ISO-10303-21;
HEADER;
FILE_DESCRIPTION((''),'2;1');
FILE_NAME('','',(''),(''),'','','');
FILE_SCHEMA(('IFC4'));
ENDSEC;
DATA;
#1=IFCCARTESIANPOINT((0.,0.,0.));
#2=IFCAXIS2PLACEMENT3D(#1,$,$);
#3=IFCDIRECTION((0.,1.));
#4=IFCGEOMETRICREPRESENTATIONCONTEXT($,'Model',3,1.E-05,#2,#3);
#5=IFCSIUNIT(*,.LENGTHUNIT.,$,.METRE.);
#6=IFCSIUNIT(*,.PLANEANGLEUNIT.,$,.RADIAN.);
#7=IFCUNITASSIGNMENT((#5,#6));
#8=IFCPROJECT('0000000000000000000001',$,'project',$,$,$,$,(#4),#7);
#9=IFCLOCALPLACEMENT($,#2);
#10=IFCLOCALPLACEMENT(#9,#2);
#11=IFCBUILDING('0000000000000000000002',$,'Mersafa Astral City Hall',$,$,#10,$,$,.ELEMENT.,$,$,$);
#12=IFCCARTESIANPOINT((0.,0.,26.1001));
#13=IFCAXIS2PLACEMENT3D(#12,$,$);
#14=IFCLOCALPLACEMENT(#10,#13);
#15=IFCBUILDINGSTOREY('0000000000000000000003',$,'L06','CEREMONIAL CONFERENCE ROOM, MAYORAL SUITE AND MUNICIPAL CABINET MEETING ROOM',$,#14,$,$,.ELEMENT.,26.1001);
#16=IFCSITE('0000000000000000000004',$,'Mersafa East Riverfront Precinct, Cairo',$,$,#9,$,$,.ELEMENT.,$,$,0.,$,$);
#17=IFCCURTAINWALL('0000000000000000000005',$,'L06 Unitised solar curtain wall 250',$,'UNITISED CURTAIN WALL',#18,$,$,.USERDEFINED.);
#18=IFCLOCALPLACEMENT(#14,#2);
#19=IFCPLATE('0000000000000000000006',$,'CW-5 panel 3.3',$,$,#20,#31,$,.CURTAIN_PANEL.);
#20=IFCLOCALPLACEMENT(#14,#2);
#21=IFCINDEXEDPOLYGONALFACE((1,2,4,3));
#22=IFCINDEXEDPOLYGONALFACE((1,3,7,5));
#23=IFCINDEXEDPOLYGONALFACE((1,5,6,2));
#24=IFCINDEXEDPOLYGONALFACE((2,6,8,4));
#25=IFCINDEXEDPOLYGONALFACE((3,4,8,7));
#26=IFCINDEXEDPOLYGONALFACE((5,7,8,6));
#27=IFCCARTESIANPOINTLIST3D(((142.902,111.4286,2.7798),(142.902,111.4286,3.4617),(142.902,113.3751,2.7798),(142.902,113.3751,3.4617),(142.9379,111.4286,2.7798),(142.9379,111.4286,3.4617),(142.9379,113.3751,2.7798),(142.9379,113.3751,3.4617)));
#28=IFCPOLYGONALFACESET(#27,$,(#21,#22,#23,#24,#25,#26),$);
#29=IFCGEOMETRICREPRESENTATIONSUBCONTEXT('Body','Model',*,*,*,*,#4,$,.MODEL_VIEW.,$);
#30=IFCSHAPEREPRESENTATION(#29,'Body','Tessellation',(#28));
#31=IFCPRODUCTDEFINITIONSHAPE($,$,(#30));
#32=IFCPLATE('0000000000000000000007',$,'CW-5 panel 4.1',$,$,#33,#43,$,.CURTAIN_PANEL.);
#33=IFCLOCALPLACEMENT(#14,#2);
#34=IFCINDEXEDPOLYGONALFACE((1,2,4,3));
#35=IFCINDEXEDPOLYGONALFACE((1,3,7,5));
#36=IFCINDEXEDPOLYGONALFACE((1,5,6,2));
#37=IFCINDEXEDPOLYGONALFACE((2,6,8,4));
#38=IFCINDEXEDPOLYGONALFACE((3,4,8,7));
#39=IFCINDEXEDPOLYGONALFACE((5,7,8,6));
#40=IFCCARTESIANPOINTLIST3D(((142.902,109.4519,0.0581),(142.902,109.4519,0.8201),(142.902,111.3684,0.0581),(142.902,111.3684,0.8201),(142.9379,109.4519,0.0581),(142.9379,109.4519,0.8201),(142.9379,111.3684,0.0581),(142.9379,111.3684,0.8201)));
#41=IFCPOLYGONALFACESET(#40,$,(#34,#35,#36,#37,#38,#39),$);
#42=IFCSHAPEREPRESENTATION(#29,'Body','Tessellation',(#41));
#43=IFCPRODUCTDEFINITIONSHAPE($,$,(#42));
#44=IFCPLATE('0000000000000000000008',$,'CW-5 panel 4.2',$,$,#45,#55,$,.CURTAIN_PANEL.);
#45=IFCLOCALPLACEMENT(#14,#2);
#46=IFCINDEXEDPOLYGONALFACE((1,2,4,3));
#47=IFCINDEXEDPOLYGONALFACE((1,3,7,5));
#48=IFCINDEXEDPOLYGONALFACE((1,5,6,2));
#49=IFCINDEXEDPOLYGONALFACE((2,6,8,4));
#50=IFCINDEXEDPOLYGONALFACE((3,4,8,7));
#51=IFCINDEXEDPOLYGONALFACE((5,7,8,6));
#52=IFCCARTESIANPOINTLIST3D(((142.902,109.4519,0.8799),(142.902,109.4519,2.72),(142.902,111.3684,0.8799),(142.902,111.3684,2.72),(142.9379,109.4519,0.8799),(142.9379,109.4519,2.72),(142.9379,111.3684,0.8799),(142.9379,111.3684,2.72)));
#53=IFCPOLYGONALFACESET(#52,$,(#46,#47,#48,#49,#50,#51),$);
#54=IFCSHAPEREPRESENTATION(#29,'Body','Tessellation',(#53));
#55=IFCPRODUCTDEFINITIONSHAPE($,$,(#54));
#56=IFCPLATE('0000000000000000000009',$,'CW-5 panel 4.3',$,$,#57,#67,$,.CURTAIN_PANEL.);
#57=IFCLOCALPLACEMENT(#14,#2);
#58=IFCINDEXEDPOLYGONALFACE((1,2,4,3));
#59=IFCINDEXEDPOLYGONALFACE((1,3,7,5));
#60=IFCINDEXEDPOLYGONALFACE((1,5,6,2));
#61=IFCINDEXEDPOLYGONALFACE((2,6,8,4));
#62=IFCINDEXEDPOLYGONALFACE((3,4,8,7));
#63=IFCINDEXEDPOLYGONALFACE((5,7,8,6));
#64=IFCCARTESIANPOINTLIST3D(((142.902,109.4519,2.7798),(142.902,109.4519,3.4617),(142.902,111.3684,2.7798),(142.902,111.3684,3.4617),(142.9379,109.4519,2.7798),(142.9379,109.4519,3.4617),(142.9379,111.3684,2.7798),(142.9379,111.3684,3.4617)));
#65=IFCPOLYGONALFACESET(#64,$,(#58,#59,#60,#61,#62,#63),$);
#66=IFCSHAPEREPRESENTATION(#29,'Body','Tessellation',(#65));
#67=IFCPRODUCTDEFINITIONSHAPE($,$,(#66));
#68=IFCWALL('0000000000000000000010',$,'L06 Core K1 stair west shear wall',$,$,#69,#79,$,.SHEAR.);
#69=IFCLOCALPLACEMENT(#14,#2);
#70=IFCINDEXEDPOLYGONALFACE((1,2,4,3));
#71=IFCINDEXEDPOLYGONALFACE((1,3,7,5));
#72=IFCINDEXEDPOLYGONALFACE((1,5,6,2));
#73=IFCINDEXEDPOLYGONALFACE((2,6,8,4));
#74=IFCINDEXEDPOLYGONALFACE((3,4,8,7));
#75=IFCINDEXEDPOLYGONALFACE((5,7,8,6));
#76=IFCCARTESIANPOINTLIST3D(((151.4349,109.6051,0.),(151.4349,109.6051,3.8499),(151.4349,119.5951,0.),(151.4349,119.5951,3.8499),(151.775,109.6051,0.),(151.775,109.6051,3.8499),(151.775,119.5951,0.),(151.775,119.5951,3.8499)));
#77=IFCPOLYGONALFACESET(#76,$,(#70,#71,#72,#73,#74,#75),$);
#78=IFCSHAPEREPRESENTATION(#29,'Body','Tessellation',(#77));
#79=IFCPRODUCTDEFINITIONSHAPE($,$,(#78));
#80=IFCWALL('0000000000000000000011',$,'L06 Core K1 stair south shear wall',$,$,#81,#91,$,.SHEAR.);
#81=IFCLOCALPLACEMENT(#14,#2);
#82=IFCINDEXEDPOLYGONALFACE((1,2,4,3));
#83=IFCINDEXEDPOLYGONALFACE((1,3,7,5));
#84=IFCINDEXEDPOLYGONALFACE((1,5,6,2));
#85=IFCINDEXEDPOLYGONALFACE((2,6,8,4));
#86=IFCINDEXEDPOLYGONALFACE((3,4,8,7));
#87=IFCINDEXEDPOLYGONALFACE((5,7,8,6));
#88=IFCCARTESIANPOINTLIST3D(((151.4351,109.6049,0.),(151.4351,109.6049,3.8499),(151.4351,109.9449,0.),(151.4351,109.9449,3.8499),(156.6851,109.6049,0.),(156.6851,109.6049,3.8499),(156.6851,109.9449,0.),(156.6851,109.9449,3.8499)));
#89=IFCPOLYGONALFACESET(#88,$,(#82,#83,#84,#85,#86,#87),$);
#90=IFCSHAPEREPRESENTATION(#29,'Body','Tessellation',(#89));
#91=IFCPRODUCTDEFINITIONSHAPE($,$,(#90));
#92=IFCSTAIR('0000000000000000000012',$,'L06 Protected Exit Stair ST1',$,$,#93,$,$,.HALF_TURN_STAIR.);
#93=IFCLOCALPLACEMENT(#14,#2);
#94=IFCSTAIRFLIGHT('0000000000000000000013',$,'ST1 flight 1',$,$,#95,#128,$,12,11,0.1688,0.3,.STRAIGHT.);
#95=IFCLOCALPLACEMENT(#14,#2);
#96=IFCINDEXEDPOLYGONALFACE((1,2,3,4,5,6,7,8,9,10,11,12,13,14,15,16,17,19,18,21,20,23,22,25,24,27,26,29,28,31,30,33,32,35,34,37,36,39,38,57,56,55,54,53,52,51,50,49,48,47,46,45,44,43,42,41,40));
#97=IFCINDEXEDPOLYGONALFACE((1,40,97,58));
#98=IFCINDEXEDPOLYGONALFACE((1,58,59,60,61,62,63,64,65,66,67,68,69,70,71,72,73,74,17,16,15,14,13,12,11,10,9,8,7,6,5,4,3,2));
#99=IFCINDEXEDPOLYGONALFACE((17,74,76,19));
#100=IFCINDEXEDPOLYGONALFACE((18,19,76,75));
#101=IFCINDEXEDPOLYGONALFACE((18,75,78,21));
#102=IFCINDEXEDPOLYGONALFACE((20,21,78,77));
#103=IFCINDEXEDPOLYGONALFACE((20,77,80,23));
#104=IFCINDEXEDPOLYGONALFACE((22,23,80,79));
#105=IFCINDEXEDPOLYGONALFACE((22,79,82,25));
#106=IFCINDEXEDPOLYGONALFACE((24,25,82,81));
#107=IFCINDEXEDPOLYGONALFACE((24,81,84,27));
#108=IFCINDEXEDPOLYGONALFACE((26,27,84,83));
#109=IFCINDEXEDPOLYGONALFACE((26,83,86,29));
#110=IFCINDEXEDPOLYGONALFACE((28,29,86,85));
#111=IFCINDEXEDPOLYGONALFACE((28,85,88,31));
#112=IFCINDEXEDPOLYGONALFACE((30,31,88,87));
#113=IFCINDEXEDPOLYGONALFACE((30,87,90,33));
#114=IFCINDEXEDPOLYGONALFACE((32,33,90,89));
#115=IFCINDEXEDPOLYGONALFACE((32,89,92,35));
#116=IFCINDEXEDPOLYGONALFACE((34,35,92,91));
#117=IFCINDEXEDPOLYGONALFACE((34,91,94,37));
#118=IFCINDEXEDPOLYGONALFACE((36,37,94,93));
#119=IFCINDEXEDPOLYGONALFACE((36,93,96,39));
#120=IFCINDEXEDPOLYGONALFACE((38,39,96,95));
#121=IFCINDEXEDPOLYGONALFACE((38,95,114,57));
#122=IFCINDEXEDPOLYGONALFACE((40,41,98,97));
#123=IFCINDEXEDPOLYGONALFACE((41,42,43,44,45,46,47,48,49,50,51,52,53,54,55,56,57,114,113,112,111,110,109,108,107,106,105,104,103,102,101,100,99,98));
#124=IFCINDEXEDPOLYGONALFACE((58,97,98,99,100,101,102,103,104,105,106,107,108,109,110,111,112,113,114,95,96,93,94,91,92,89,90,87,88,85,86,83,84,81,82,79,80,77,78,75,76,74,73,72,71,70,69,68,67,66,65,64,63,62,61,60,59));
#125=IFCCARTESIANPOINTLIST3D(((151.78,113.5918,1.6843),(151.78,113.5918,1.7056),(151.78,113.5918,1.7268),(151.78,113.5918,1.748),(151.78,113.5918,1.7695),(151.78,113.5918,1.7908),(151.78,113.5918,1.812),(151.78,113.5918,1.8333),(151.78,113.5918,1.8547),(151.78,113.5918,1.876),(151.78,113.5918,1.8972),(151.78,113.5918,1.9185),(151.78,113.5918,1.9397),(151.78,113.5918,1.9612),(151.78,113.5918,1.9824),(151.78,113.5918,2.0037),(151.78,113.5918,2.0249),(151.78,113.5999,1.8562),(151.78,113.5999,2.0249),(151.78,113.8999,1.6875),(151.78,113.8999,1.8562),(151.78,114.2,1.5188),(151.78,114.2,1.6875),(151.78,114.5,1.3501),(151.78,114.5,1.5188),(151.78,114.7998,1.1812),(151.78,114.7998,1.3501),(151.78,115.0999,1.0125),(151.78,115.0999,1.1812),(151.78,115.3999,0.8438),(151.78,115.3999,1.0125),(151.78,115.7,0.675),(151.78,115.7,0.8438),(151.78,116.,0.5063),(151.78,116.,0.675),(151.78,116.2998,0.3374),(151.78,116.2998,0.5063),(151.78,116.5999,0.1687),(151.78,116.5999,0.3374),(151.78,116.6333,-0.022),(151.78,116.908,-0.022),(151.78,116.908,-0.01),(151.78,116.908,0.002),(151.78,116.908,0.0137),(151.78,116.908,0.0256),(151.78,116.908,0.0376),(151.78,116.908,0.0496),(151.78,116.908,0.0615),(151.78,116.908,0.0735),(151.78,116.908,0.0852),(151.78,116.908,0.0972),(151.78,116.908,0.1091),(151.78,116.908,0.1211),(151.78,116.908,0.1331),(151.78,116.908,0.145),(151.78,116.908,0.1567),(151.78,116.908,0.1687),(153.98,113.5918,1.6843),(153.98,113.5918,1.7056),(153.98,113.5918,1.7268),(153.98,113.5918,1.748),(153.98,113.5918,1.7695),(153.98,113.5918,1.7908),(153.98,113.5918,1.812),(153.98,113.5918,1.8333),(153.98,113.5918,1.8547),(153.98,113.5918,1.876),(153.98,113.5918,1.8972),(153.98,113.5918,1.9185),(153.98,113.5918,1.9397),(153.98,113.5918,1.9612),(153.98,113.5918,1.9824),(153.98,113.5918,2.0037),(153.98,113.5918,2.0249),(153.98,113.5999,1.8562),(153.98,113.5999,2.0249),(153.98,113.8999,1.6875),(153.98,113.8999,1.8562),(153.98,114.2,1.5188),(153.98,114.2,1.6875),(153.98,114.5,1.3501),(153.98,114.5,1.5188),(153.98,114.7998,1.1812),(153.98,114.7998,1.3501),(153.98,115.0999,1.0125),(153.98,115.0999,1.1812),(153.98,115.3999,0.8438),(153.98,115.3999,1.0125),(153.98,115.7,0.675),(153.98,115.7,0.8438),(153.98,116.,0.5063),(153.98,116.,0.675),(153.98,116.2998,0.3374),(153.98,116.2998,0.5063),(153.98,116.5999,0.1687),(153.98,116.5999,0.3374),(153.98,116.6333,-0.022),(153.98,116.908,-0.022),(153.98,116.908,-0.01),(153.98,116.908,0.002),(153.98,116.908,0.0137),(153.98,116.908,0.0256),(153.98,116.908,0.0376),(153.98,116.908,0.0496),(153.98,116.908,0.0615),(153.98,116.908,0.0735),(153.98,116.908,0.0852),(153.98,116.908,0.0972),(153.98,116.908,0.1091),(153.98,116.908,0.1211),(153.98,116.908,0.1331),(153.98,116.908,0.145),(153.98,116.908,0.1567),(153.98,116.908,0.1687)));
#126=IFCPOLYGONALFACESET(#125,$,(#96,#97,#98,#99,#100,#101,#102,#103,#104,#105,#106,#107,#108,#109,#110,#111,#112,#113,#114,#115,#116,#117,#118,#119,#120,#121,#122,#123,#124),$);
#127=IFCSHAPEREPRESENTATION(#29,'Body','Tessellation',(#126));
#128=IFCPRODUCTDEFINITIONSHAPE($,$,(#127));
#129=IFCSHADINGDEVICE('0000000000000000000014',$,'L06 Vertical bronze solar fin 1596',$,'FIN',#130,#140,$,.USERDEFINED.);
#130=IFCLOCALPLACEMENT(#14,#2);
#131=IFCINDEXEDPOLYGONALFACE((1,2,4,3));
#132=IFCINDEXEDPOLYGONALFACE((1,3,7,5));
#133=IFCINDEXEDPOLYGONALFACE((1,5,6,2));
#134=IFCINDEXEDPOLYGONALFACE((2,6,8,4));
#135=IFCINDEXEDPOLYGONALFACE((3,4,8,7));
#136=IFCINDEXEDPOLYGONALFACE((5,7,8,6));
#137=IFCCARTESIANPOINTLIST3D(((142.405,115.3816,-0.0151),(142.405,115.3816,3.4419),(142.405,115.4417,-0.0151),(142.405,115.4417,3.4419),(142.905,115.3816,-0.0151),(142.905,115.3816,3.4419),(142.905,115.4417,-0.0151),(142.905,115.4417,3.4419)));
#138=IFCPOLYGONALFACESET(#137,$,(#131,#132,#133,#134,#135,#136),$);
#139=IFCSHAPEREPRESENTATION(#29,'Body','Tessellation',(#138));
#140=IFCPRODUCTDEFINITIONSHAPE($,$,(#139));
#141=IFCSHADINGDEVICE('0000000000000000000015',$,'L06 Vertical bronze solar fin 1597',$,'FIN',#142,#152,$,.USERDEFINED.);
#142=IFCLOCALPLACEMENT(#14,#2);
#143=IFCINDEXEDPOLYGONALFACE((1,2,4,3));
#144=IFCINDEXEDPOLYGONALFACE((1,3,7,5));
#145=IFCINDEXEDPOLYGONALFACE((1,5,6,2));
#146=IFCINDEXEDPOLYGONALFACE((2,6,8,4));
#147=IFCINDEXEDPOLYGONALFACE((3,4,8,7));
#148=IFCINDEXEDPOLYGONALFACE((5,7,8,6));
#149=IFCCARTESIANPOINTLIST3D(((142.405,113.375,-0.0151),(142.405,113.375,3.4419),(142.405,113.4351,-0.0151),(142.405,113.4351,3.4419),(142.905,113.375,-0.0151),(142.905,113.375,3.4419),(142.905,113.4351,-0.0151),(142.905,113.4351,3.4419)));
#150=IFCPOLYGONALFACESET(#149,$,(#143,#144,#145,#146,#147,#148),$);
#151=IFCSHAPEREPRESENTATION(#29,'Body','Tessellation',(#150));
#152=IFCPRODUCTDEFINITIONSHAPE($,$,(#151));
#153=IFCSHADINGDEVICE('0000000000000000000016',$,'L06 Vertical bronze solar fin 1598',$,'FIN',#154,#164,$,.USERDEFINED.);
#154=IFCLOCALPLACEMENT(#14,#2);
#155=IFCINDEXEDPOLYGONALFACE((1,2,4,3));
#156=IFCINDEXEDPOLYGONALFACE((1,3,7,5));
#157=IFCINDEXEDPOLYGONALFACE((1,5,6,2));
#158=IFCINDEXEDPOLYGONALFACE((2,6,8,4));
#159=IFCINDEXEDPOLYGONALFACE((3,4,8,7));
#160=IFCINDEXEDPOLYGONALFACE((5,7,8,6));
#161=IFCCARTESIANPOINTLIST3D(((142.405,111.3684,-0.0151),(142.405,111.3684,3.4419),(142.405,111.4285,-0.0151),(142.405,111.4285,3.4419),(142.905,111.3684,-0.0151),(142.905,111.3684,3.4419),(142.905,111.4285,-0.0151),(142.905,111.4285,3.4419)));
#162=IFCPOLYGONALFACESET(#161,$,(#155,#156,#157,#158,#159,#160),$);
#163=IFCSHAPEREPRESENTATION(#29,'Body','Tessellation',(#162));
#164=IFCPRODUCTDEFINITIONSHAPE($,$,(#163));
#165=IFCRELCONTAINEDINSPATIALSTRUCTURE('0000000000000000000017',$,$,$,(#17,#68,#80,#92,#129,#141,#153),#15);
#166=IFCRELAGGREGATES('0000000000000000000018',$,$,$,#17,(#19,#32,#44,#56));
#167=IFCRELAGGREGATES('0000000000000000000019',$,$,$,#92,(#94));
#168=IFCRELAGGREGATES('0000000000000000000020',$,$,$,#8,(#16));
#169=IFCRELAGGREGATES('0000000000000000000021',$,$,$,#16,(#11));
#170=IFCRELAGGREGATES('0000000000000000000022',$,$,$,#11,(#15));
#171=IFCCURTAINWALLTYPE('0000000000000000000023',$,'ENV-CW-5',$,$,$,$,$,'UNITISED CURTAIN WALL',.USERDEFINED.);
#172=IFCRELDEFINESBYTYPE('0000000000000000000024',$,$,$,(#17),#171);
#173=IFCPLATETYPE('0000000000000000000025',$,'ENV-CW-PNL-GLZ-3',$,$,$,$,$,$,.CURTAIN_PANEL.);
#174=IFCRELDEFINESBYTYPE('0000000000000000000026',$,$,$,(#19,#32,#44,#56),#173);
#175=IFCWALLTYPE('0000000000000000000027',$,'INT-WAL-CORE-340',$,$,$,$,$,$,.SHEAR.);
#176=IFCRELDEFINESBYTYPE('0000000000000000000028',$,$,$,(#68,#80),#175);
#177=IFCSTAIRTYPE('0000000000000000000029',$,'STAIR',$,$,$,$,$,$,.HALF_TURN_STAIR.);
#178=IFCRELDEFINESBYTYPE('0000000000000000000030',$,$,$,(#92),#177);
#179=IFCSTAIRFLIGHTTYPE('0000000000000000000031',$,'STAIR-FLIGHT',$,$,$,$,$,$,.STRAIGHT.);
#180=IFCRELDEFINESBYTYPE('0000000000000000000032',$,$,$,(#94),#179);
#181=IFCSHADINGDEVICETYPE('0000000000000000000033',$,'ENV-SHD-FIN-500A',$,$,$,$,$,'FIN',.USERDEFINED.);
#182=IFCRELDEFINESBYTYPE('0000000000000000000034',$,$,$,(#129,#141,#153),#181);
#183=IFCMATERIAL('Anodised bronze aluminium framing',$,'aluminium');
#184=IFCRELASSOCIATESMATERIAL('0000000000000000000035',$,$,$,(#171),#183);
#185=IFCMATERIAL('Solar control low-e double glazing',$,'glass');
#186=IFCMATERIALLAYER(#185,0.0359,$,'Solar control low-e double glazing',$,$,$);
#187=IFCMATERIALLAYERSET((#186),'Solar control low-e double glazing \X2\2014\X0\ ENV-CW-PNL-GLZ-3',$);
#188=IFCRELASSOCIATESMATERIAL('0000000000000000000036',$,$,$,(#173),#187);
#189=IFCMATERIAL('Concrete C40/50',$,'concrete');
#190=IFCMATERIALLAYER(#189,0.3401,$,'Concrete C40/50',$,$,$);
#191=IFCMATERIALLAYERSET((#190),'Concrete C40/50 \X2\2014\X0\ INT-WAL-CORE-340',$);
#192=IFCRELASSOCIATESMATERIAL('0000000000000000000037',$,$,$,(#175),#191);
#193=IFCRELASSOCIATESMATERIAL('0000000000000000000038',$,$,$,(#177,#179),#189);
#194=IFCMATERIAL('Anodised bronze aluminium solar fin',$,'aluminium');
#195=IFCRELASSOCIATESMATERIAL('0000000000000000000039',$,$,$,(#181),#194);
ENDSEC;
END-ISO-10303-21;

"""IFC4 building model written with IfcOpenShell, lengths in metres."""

from ifc_helpers import new_model, si_unit, direction, frame, frame_2d, origin, origin_2d, place, context, subcontext, project, spatial, polyline, rectangle, outline, extrude, material, layer, layer_set, type_object, element, aggregate, save


model = new_model("IFC4")

# Units and contexts
model_context = context("Model", 3, precision=1e-05, world=origin(), true_north=direction((0.0, 1.0)))
body_context = subcontext(model_context, "Body", "Model", "MODEL_VIEW")
ifc_project = project(units=[si_unit("LENGTHUNIT", "METRE"), si_unit("PLANEANGLEUNIT", "RADIAN")], contexts=[model_context])

# Site, building, storey
site_placement = place(None, origin())
site = spatial("IfcSite", under=ifc_project, at=site_placement, Name="Mersafa East Riverfront Precinct, Cairo", CompositionType="ELEMENT", RefElevation=0.0)
building_placement = place(site_placement, origin())
building = spatial("IfcBuilding", under=site, at=building_placement, Name="Mersafa Astral City Hall", CompositionType="ELEMENT")
storey_placement = place(building_placement, frame((0.0, 0.0, 26.1001)))
storey = spatial("IfcBuildingStorey", under=building, at=storey_placement, Name="L06", Description="CEREMONIAL CONFERENCE ROOM, MAYORAL SUITE AND MUNICIPAL CABINET MEETING ROOM", CompositionType="ELEMENT", Elevation=26.1001)

# Curtain wall, plates
ifc_material_1 = material(Name="Anodised bronze aluminium framing", Category="aluminium")
curtain_wall_type = type_object("IfcCurtainWallType", Name="ENV-CW-5", ElementType="UNITISED CURTAIN WALL", PredefinedType="USERDEFINED", material=ifc_material_1)
curtain_wall_placement = place(storey_placement, origin())
curtain_wall = element("IfcCurtainWall", 1, at=curtain_wall_placement, inside=storey, type_object=curtain_wall_type, Name="L06 Unitised solar curtain wall 250", ObjectType="UNITISED CURTAIN WALL", PredefinedType="USERDEFINED")
ifc_material_2 = material(Name="Solar control low-e double glazing", Category="glass")
ifc_layer_1 = layer(ifc_material_2, 0.0359, Name="Solar control low-e double glazing")
ifc_layer_set_1 = layer_set([ifc_layer_1], Name="Solar control low-e double glazing — ENV-CW-PNL-GLZ-3")
plate_type = type_object("IfcPlateType", Name="ENV-CW-PNL-GLZ-3", PredefinedType="CURTAIN_PANEL", material=ifc_layer_set_1)
plate_1_placement = place(storey_placement, frame((142.9199, 112.4019, 2.7798), z_axis=(0.0, 0.0, 1.0), x_axis=(0.0, -1.0, 0.0)))
plate_1 = element("IfcPlate", 2, at=plate_1_placement, type_object=plate_type, Name="CW-5 panel 3.3", PredefinedType="CURTAIN_PANEL", context=body_context, shape_type="SweptSolid", body=[
    extrude(rectangle(XDim=1.9465, YDim=0.0359, at=origin_2d()), origin(), (0.0, 0.0, 1.0), 0.6819),
])
plate_2_placement = place(storey_placement, frame((142.9199, 110.4102, 0.0581), z_axis=(0.0, 0.0, 1.0), x_axis=(0.0, -1.0, 0.0)))
plate_2 = element("IfcPlate", 3, at=plate_2_placement, type_object=plate_type, Name="CW-5 panel 4.1", PredefinedType="CURTAIN_PANEL", context=body_context, shape_type="SweptSolid", body=[
    extrude(rectangle(XDim=1.9165, YDim=0.0359, at=origin_2d()), origin(), (0.0, 0.0, 1.0), 0.762),
])
plate_3_placement = place(storey_placement, frame((142.9199, 110.4102, 0.8799), z_axis=(0.0, 0.0, 1.0), x_axis=(0.0, -1.0, 0.0)))
plate_3 = element("IfcPlate", 4, at=plate_3_placement, type_object=plate_type, Name="CW-5 panel 4.2", PredefinedType="CURTAIN_PANEL", context=body_context, shape_type="SweptSolid", body=[
    extrude(rectangle(XDim=1.9165, YDim=0.0359, at=origin_2d()), origin(), (0.0, 0.0, 1.0), 1.8401),
])
plate_4_placement = place(storey_placement, frame((142.9199, 110.4102, 2.7798), z_axis=(0.0, 0.0, 1.0), x_axis=(0.0, -1.0, 0.0)))
plate_4 = element("IfcPlate", 5, at=plate_4_placement, type_object=plate_type, Name="CW-5 panel 4.3", PredefinedType="CURTAIN_PANEL", context=body_context, shape_type="SweptSolid", body=[
    extrude(rectangle(XDim=1.9165, YDim=0.0359, at=origin_2d()), origin(), (0.0, 0.0, 1.0), 0.6819),
])
aggregate(curtain_wall, [plate_1, plate_2, plate_3, plate_4])

# Walls
ifc_material_3 = material(Name="Concrete C40/50", Category="concrete")
ifc_layer_2 = layer(ifc_material_3, 0.3401, Name="Concrete C40/50")
ifc_layer_set_2 = layer_set([ifc_layer_2], Name="Concrete C40/50 — INT-WAL-CORE-340")
wall_type = type_object("IfcWallType", Name="INT-WAL-CORE-340", PredefinedType="SHEAR", material=ifc_layer_set_2)
wall_1_placement = place(storey_placement, frame((151.605, 109.605, 0.0), z_axis=(0.0, 0.0, 1.0), x_axis=(0.0, 1.0, 0.0)))
element("IfcWall", 6, at=wall_1_placement, inside=storey, type_object=wall_type, Name="L06 Core K1 stair west shear wall", PredefinedType="SHEAR", context=body_context, shape_type="SweptSolid", body=[
    extrude(rectangle(XDim=9.99, YDim=0.3401, at=frame_2d((4.9951, 0.0))), origin(), (0.0, 0.0, 1.0), 3.8499),
])
wall_2_placement = place(storey_placement, frame((151.4351, 109.7749, 0.0), z_axis=(0.0, 0.0, 1.0), x_axis=(1.0, 0.0, 0.0)))
element("IfcWall", 7, at=wall_2_placement, inside=storey, type_object=wall_type, Name="L06 Core K1 stair south shear wall", PredefinedType="SHEAR", context=body_context, shape_type="SweptSolid", body=[
    extrude(rectangle(XDim=5.25, YDim=0.3401, at=frame_2d((2.625, 0.0))), origin(), (0.0, 0.0, 1.0), 3.8499),
])

# Stair, stair flight
stair_type = type_object("IfcStairType", Name="STAIR", PredefinedType="HALF_TURN_STAIR", material=ifc_material_3)
stair_placement = place(storey_placement, origin())
stair = element("IfcStair", 8, at=stair_placement, inside=storey, type_object=stair_type, Name="L06 Protected Exit Stair ST1", PredefinedType="HALF_TURN_STAIR")
stair_flight_type = type_object("IfcStairFlightType", Name="STAIR-FLIGHT", PredefinedType="STRAIGHT", material=ifc_material_3)
stair_flight_placement = place(storey_placement, frame((152.8799, 116.8999, 0.0), z_axis=(0.0, 0.0, 1.0), x_axis=(0.0, -1.0, 0.0)))
stair_flight = element("IfcStairFlight", 9, at=stair_flight_placement, type_object=stair_flight_type, Name="ST1 flight 1", NumberOfRisers=12, NumberOfTreads=11, PredefinedType="STRAIGHT", RiserHeight=0.1688, TreadLength=0.3, context=body_context, shape_type="SweptSolid", body=[
    extrude(outline(polyline([(-0.0081, -0.022), (-0.0081, -0.01), (-0.0081, 0.002), (-0.0081, 0.0137), (-0.0081, 0.0256), (-0.0081, 0.0376), (-0.0081, 0.0496), (-0.0081, 0.0615), (-0.0081, 0.0735), (-0.0081, 0.0852), (-0.0081, 0.0972), (-0.0081, 0.1091), (-0.0081, 0.1211), (-0.0081, 0.1331), (-0.0081, 0.145), (-0.0081, 0.1567), (-0.0081, 0.1687), (0.3, 0.1687), (0.3, 0.3374), (0.6001, 0.3374), (0.6001, 0.5063), (0.8999, 0.5063), (0.8999, 0.675), (1.2, 0.675), (1.2, 0.8438), (1.5, 0.8438), (1.5, 1.0125), (1.8, 1.0125), (1.8, 1.1812), (2.1001, 1.1812), (2.1001, 1.3501), (2.3999, 1.3501), (2.3999, 1.5188), (2.7, 1.5188), (2.7, 1.6875), (3.0, 1.6875), (3.0, 1.8562), (3.3, 1.8562), (3.3, 2.0249), (3.3081, 2.0249), (3.3081, 2.0037), (3.3081, 1.9824), (3.3081, 1.9612), (3.3081, 1.9397), (3.3081, 1.9185), (3.3081, 1.8972), (3.3081, 1.876), (3.3081, 1.8547), (3.3081, 1.8333), (3.3081, 1.812), (3.3081, 1.7908), (3.3081, 1.7695), (3.3081, 1.748), (3.3081, 1.7268), (3.3081, 1.7056), (3.3081, 1.6843), (0.2666, -0.022), (-0.0081, -0.022)])), frame((0.0, 1.1001, 0.0), z_axis=(0.0, -1.0, 0.0), x_axis=(1.0, 0.0, 0.0)), (0.0, 0.0, 1.0), 2.2),
])
aggregate(stair, [stair_flight])

# Shading devices
ifc_material_4 = material(Name="Anodised bronze aluminium solar fin", Category="aluminium")
shading_device_type = type_object("IfcShadingDeviceType", Name="ENV-SHD-FIN-500A", ElementType="FIN", PredefinedType="USERDEFINED", material=ifc_material_4)
for number, where, z_axis, x_axis, name in (
    (10, (142.655, 115.4116, -0.0151), (0.0, 0.0, 1.0), (0.0, -1.0, 0.0), "L06 Vertical bronze solar fin 1596"),
    (11, (142.655, 113.405, -0.0151), (0.0, 0.0, 1.0), (0.0, -1.0, 0.0), "L06 Vertical bronze solar fin 1597"),
    (12, (142.655, 111.3984, -0.0151), (0.0, 0.0, 1.0), (0.0, -1.0, 0.0), "L06 Vertical bronze solar fin 1598"),
):
    element("IfcShadingDevice", number, at=place(storey_placement, frame(where, z_axis=z_axis, x_axis=x_axis)), inside=storey, type_object=shading_device_type, Name=name, ObjectType="FIN", PredefinedType="USERDEFINED", context=body_context, shape_type="SweptSolid", body=[
        extrude(rectangle(XDim=0.0601, YDim=0.5, at=origin_2d()), origin(), (0.0, 0.0, 1.0), 3.457),
    ])

save(model, "model.ifc")
